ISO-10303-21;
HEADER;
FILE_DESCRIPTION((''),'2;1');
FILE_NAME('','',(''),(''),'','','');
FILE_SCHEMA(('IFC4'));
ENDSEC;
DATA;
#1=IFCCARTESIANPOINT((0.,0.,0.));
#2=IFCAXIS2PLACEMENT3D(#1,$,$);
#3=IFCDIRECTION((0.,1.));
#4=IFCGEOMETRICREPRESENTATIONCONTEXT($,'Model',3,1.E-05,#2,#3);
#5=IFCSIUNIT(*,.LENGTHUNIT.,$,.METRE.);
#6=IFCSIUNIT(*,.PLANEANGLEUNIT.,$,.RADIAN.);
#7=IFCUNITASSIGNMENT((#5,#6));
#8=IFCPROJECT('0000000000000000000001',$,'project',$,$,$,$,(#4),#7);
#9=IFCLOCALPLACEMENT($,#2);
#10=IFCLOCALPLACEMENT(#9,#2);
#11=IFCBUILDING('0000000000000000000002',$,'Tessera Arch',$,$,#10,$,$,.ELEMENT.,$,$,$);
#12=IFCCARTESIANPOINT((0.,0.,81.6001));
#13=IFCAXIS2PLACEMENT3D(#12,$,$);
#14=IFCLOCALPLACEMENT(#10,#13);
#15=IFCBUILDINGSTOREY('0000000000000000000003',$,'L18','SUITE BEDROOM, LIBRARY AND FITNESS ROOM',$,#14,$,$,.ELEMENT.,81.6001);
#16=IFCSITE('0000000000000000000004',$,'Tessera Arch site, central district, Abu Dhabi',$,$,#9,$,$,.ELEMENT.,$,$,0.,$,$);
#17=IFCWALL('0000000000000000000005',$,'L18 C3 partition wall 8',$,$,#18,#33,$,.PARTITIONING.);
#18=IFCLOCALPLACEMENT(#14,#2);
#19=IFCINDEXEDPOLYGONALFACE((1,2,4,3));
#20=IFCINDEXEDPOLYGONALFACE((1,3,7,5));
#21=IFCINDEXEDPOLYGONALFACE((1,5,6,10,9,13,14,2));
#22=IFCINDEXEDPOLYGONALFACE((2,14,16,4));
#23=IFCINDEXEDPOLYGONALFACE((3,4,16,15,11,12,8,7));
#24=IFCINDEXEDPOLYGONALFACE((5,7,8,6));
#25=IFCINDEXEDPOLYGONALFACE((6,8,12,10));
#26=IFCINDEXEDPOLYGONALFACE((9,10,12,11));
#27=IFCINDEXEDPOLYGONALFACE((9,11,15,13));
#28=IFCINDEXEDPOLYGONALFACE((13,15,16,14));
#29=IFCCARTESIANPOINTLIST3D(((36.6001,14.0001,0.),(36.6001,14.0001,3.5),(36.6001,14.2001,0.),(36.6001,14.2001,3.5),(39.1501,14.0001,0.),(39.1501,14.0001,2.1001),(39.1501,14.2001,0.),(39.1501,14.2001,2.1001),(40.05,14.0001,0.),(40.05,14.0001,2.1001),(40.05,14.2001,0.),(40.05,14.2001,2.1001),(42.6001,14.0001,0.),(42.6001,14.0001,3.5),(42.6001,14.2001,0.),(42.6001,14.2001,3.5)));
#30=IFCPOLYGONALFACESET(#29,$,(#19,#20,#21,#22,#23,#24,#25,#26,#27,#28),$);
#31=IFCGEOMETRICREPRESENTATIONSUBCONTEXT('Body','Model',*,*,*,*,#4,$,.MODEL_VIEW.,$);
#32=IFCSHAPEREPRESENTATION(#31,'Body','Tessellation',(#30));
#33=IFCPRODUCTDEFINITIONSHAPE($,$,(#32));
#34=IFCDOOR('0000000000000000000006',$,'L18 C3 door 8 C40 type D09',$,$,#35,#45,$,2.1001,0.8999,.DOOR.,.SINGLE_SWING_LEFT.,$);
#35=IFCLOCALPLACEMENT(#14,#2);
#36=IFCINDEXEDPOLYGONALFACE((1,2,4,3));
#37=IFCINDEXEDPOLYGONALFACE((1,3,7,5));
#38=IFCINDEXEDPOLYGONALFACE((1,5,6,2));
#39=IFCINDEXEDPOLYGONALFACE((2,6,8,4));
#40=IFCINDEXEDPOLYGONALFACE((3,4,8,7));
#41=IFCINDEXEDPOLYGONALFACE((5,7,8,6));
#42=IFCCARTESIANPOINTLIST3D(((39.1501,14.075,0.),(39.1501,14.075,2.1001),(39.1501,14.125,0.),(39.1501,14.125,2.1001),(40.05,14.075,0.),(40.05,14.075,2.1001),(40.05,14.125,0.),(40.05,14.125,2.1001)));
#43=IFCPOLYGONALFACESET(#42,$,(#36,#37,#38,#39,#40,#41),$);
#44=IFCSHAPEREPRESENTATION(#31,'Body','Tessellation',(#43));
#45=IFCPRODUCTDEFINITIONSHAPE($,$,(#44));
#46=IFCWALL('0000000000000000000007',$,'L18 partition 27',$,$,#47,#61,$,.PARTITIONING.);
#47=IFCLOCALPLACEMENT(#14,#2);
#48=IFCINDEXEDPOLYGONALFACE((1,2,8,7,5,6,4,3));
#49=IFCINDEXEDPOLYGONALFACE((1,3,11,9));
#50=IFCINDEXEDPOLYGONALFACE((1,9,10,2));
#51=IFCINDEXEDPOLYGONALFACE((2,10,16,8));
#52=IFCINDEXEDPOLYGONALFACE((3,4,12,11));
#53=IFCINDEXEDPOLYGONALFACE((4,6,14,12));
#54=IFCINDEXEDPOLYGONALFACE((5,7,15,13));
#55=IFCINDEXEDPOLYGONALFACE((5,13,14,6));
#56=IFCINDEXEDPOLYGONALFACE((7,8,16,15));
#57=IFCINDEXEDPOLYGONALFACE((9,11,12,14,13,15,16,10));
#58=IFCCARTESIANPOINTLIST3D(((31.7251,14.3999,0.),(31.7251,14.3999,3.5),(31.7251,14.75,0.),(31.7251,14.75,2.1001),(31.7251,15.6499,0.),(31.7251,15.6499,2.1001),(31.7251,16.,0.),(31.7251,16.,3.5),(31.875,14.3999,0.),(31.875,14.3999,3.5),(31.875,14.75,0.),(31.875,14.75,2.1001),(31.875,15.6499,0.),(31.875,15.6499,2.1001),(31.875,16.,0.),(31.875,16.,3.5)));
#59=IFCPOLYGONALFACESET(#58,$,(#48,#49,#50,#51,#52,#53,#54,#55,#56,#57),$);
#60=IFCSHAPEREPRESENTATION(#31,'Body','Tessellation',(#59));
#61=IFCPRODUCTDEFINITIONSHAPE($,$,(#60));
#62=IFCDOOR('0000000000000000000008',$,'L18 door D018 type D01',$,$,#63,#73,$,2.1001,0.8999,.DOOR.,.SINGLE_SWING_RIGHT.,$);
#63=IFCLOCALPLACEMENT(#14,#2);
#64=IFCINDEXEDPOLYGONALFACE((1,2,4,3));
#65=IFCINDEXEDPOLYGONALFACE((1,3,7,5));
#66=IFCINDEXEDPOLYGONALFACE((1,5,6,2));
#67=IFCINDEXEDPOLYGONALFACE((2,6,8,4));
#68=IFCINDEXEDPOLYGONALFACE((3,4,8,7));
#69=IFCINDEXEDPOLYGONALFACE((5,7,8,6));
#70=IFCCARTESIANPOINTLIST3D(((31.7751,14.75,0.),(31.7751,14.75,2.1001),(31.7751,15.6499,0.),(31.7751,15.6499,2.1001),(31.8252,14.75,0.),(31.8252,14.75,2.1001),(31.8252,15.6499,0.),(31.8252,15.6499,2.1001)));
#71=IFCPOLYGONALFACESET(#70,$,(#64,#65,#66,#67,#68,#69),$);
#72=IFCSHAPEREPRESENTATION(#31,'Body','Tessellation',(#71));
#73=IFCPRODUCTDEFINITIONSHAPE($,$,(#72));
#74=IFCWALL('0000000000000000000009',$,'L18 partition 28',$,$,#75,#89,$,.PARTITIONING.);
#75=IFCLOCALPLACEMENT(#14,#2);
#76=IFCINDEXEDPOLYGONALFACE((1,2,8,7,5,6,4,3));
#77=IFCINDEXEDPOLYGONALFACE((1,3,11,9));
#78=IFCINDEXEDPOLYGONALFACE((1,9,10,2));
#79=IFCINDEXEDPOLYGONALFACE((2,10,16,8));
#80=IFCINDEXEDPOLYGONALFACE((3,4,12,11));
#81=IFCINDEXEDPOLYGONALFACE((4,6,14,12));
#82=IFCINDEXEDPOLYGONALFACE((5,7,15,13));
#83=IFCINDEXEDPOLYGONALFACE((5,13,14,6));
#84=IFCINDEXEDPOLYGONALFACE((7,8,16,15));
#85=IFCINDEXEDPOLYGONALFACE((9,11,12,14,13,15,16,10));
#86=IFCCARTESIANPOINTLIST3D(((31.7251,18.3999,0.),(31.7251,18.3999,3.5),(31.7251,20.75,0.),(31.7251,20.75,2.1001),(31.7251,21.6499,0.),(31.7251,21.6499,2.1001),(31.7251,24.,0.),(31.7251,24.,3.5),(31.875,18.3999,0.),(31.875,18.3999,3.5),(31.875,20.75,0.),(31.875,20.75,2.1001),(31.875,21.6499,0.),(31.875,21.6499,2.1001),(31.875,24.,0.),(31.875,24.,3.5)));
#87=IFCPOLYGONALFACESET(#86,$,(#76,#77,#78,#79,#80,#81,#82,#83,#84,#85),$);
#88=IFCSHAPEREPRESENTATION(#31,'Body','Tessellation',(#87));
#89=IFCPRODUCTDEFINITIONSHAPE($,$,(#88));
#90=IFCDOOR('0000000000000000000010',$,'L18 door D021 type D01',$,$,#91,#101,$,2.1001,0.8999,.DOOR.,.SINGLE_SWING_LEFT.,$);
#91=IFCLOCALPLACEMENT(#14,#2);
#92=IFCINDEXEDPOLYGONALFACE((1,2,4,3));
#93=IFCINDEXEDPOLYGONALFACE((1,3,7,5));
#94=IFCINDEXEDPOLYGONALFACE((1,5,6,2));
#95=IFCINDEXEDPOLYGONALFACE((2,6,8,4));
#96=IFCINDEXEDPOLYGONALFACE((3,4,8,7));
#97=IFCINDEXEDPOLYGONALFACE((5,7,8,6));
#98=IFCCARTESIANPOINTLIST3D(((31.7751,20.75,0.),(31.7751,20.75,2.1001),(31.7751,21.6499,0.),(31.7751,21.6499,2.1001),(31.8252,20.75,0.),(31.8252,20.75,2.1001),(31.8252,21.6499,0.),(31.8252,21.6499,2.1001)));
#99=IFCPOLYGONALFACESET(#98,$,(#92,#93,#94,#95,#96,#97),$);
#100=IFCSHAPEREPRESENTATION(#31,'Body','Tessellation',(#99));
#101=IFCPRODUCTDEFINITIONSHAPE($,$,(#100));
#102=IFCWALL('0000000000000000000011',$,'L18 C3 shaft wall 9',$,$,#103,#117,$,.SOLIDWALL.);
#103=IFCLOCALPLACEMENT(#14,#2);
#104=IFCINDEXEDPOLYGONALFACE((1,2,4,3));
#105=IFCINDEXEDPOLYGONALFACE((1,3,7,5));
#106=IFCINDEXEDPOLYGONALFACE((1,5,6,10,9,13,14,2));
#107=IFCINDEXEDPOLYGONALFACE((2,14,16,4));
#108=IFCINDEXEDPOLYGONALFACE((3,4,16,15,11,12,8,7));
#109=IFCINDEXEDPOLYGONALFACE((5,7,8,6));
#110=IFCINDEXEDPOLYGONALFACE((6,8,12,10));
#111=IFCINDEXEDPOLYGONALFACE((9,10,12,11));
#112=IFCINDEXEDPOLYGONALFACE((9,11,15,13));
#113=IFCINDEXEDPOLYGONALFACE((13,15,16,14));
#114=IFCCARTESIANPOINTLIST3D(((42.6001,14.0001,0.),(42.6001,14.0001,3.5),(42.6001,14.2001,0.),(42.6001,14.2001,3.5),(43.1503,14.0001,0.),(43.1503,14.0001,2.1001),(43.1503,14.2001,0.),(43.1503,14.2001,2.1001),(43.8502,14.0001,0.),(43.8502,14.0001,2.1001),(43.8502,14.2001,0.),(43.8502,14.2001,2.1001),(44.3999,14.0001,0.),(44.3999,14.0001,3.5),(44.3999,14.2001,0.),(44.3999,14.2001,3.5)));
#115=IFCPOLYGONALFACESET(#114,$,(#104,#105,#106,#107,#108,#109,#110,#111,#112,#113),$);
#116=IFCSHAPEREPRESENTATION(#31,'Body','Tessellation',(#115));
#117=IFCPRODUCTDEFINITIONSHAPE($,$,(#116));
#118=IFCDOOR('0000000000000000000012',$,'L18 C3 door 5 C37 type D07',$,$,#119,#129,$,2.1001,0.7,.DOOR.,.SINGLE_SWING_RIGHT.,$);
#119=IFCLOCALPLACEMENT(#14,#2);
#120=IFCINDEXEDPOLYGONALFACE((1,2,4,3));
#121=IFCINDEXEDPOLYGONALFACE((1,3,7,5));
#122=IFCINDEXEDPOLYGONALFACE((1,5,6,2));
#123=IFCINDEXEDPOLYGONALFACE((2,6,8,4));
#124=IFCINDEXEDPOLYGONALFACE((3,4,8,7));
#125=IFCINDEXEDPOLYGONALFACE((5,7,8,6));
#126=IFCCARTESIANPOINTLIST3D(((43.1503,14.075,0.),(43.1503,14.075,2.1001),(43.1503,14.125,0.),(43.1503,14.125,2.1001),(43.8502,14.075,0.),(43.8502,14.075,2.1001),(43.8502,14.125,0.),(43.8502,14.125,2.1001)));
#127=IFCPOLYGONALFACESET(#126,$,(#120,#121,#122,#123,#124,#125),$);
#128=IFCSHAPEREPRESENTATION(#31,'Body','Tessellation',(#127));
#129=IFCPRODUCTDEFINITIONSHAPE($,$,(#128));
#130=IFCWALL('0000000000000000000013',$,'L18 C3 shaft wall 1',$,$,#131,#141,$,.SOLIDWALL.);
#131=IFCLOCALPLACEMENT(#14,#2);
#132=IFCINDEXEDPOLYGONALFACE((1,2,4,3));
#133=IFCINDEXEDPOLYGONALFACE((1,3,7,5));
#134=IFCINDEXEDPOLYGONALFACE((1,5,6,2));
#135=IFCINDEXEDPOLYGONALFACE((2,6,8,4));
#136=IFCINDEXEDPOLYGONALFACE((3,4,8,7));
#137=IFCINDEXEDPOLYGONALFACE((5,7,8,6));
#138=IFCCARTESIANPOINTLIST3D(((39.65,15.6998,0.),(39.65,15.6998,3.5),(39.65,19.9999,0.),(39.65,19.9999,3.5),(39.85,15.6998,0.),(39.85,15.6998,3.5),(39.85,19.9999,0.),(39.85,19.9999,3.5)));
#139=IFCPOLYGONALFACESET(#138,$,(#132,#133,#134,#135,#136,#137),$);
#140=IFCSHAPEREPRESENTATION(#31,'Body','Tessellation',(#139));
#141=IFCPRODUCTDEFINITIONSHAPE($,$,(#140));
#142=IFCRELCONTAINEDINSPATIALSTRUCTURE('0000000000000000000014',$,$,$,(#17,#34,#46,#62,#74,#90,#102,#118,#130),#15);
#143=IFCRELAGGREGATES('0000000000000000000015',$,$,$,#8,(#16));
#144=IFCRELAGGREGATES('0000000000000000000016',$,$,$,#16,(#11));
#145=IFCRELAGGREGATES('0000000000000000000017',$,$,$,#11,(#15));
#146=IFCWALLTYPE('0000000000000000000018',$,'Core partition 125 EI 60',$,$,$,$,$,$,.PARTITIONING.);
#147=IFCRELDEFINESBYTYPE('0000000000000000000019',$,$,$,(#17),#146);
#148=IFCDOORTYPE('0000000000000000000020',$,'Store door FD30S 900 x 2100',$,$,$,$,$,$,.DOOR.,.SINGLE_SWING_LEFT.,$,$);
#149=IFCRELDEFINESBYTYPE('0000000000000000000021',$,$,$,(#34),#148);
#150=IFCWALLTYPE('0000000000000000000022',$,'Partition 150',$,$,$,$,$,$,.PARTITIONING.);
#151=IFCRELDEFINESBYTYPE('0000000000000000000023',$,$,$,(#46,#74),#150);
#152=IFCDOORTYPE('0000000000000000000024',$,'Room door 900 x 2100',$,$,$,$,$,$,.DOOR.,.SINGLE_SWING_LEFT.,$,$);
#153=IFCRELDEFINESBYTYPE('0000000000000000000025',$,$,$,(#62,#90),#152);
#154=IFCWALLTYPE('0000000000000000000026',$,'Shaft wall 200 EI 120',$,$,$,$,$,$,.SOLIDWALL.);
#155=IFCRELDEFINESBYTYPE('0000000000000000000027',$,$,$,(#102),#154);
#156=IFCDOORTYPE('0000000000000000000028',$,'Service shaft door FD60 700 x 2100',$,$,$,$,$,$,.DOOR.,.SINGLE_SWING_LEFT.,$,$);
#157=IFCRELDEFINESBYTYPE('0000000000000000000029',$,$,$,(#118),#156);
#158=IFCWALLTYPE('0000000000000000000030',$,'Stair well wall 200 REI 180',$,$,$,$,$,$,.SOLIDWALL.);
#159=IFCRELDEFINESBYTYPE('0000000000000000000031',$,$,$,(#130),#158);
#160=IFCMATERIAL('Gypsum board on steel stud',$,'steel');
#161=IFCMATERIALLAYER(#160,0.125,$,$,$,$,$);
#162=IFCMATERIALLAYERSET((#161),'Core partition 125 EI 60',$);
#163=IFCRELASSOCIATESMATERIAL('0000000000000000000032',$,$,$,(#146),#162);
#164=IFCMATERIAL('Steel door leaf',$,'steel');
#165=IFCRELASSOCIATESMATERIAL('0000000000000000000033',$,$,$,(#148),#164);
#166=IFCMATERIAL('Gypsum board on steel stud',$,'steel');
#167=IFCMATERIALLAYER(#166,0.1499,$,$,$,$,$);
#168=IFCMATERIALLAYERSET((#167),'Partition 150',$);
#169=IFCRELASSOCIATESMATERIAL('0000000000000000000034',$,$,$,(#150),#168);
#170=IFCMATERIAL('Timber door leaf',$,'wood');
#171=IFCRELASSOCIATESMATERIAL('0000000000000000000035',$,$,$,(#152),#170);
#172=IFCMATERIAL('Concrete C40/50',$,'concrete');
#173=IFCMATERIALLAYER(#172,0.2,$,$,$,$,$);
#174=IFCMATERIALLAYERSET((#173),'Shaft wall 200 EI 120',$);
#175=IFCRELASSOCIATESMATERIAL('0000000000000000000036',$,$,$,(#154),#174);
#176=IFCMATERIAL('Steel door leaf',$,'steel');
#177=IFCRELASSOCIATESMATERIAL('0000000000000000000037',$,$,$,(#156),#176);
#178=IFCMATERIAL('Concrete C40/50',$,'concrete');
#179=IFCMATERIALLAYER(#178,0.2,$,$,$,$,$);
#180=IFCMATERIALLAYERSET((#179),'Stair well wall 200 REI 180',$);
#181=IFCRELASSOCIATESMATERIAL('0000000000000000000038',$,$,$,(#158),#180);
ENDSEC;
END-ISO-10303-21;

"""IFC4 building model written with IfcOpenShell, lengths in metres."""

from ifc_helpers import new_model, si_unit, direction, frame, frame_2d, origin, place, context, subcontext, project, spatial, rectangle, extrude, material, layer, layer_set, type_object, element, fill, save


model = new_model("IFC4")

# Units and contexts
model_context = context("Model", 3, precision=1e-05, world=origin(), true_north=direction((0.0, 1.0)))
body_context = subcontext(model_context, "Body", "Model", "MODEL_VIEW")
ifc_project = project(units=[si_unit("LENGTHUNIT", "METRE"), si_unit("PLANEANGLEUNIT", "RADIAN")], contexts=[model_context])

# Site, building, storey
site_placement = place(None, origin())
site = spatial("IfcSite", under=ifc_project, at=site_placement, Name="Tessera Arch site, central district, Abu Dhabi", CompositionType="ELEMENT", RefElevation=0.0)
building_placement = place(site_placement, origin())
building = spatial("IfcBuilding", under=site, at=building_placement, Name="Tessera Arch", CompositionType="ELEMENT")
storey_placement = place(building_placement, frame((0.0, 0.0, 81.6001)))
storey = spatial("IfcBuildingStorey", under=building, at=storey_placement, Name="L18", Description="SUITE BEDROOM, LIBRARY AND FITNESS ROOM", CompositionType="ELEMENT", Elevation=81.6001)

# Walls, openings, doors
ifc_material_1 = material(Name="Gypsum board on steel stud", Category="steel")
ifc_layer_1 = layer(ifc_material_1, 0.125)
ifc_layer_set_1 = layer_set([ifc_layer_1], Name="Core partition 125 EI 60")
wall_type_1 = type_object("IfcWallType", Name="Core partition 125 EI 60", PredefinedType="PARTITIONING", material=ifc_layer_set_1)
wall_1_placement = place(storey_placement, frame((36.6001, 14.1001, 0.0), z_axis=(0.0, 0.0, 1.0), x_axis=(1.0, 0.0, 0.0)))
wall_1 = element("IfcWall", 1, at=wall_1_placement, inside=storey, type_object=wall_type_1, Name="L18 C3 partition wall 8", PredefinedType="PARTITIONING", context=body_context, shape_type="SweptSolid", body=[
    extrude(rectangle(XDim=6.0, YDim=0.2, at=frame_2d((3.0, 0.0))), origin(), (0.0, 0.0, 1.0), 3.5),
])
opening_1_placement = place(wall_1_placement, frame((2.55, 0.0, 0.0)))
opening_1 = element("IfcOpeningElement", 2, at=opening_1_placement, cuts=wall_1, PredefinedType="OPENING", context=body_context, shape_type="SweptSolid", body=[
    extrude(rectangle(XDim=0.8999, YDim=2.1001, at=frame_2d((0.45, 1.05))), frame((0.0, 0.1099, 0.0), z_axis=(0.0, -1.0, 0.0), x_axis=(1.0, 0.0, 0.0)), (0.0, 0.0, 1.0), 0.22),
])
ifc_material_2 = material(Name="Steel door leaf", Category="steel")
door_type_1 = type_object("IfcDoorType", Name="Store door FD30S 900 x 2100", OperationType="SINGLE_SWING_LEFT", PredefinedType="DOOR", material=ifc_material_2)
door_1_placement = place(opening_1_placement, origin())
door_1 = element("IfcDoor", 3, at=door_1_placement, inside=storey, type_object=door_type_1, Name="L18 C3 door 8 C40 type D09", OperationType="SINGLE_SWING_LEFT", OverallHeight=2.1001, OverallWidth=0.8999, PredefinedType="DOOR", context=body_context, shape_type="SweptSolid", body=[
    extrude(rectangle(XDim=0.8999, YDim=2.1001, at=frame_2d((0.45, 1.05))), frame((0.0, 0.0249, 0.0), z_axis=(0.0, -1.0, 0.0), x_axis=(1.0, 0.0, 0.0)), (0.0, 0.0, 1.0), 0.05),
])
fill(opening_1, door_1)
ifc_material_3 = material(Name="Gypsum board on steel stud", Category="steel")
ifc_layer_2 = layer(ifc_material_3, 0.1499)
ifc_layer_set_2 = layer_set([ifc_layer_2], Name="Partition 150")
wall_type_2 = type_object("IfcWallType", Name="Partition 150", PredefinedType="PARTITIONING", material=ifc_layer_set_2)
wall_2_placement = place(storey_placement, frame((31.8, 14.3999, 0.0), z_axis=(0.0, 0.0, 1.0), x_axis=(0.0, 1.0, 0.0)))
wall_2 = element("IfcWall", 4, at=wall_2_placement, inside=storey, type_object=wall_type_2, Name="L18 partition 27", PredefinedType="PARTITIONING", context=body_context, shape_type="SweptSolid", body=[
    extrude(rectangle(XDim=1.6001, YDim=0.1499, at=frame_2d((0.8, 0.0))), origin(), (0.0, 0.0, 1.0), 3.5),
])
opening_2_placement = place(wall_2_placement, frame((0.3501, 0.0, 0.0)))
opening_2 = element("IfcOpeningElement", 5, at=opening_2_placement, cuts=wall_2, PredefinedType="OPENING", context=body_context, shape_type="SweptSolid", body=[
    extrude(rectangle(XDim=0.8999, YDim=2.1001, at=frame_2d((0.45, 1.05))), frame((0.0, 0.085, 0.0), z_axis=(0.0, -1.0, 0.0), x_axis=(1.0, 0.0, 0.0)), (0.0, 0.0, 1.0), 0.1699),
])
ifc_material_4 = material(Name="Timber door leaf", Category="wood")
door_type_2 = type_object("IfcDoorType", Name="Room door 900 x 2100", OperationType="SINGLE_SWING_LEFT", PredefinedType="DOOR", material=ifc_material_4)
door_2_placement = place(opening_2_placement, origin())
door_2 = element("IfcDoor", 6, at=door_2_placement, inside=storey, type_object=door_type_2, Name="L18 door D018 type D01", OperationType="SINGLE_SWING_RIGHT", OverallHeight=2.1001, OverallWidth=0.8999, PredefinedType="DOOR", context=body_context, shape_type="SweptSolid", body=[
    extrude(rectangle(XDim=0.8999, YDim=2.1001, at=frame_2d((0.45, 1.05))), frame((0.0, 0.0249, 0.0), z_axis=(0.0, -1.0, 0.0), x_axis=(1.0, 0.0, 0.0)), (0.0, 0.0, 1.0), 0.05),
])
fill(opening_2, door_2)
wall_3_placement = place(storey_placement, frame((31.8, 18.3999, 0.0), z_axis=(0.0, 0.0, 1.0), x_axis=(0.0, 1.0, 0.0)))
wall_3 = element("IfcWall", 7, at=wall_3_placement, inside=storey, type_object=wall_type_2, Name="L18 partition 28", PredefinedType="PARTITIONING", context=body_context, shape_type="SweptSolid", body=[
    extrude(rectangle(XDim=5.6001, YDim=0.1499, at=frame_2d((2.8, 0.0))), origin(), (0.0, 0.0, 1.0), 3.5),
])
opening_3_placement = place(wall_3_placement, frame((2.3501, 0.0, 0.0)))
opening_3 = element("IfcOpeningElement", 8, at=opening_3_placement, cuts=wall_3, PredefinedType="OPENING", context=body_context, shape_type="SweptSolid", body=[
    extrude(rectangle(XDim=0.8999, YDim=2.1001, at=frame_2d((0.45, 1.05))), frame((0.0, 0.085, 0.0), z_axis=(0.0, -1.0, 0.0), x_axis=(1.0, 0.0, 0.0)), (0.0, 0.0, 1.0), 0.1699),
])
door_3_placement = place(opening_3_placement, origin())
door_3 = element("IfcDoor", 9, at=door_3_placement, inside=storey, type_object=door_type_2, Name="L18 door D021 type D01", OperationType="SINGLE_SWING_LEFT", OverallHeight=2.1001, OverallWidth=0.8999, PredefinedType="DOOR", context=body_context, shape_type="SweptSolid", body=[
    extrude(rectangle(XDim=0.8999, YDim=2.1001, at=frame_2d((0.45, 1.05))), frame((0.0, 0.0249, 0.0), z_axis=(0.0, -1.0, 0.0), x_axis=(1.0, 0.0, 0.0)), (0.0, 0.0, 1.0), 0.05),
])
fill(opening_3, door_3)
ifc_material_5 = material(Name="Concrete C40/50", Category="concrete")
ifc_layer_3 = layer(ifc_material_5, 0.2)
ifc_layer_set_3 = layer_set([ifc_layer_3], Name="Shaft wall 200 EI 120")
wall_type_3 = type_object("IfcWallType", Name="Shaft wall 200 EI 120", PredefinedType="SOLIDWALL", material=ifc_layer_set_3)
wall_4_placement = place(storey_placement, frame((42.6001, 14.1001, 0.0), z_axis=(0.0, 0.0, 1.0), x_axis=(1.0, 0.0, 0.0)))
wall_4 = element("IfcWall", 10, at=wall_4_placement, inside=storey, type_object=wall_type_3, Name="L18 C3 shaft wall 9", PredefinedType="SOLIDWALL", context=body_context, shape_type="SweptSolid", body=[
    extrude(rectangle(XDim=1.7998, YDim=0.2, at=frame_2d((0.8999, 0.0))), origin(), (0.0, 0.0, 1.0), 3.5),
])
opening_4_placement = place(wall_4_placement, frame((0.55, 0.0, 0.0)))
opening_4 = element("IfcOpeningElement", 11, at=opening_4_placement, cuts=wall_4, PredefinedType="OPENING", context=body_context, shape_type="SweptSolid", body=[
    extrude(rectangle(XDim=0.7, YDim=2.1001, at=frame_2d((0.3501, 1.05))), frame((0.0, 0.1099, 0.0), z_axis=(0.0, -1.0, 0.0), x_axis=(1.0, 0.0, 0.0)), (0.0, 0.0, 1.0), 0.22),
])
ifc_material_6 = material(Name="Steel door leaf", Category="steel")
door_type_3 = type_object("IfcDoorType", Name="Service shaft door FD60 700 x 2100", OperationType="SINGLE_SWING_LEFT", PredefinedType="DOOR", material=ifc_material_6)
door_4_placement = place(opening_4_placement, origin())
door_4 = element("IfcDoor", 12, at=door_4_placement, inside=storey, type_object=door_type_3, Name="L18 C3 door 5 C37 type D07", OperationType="SINGLE_SWING_RIGHT", OverallHeight=2.1001, OverallWidth=0.7, PredefinedType="DOOR", context=body_context, shape_type="SweptSolid", body=[
    extrude(rectangle(XDim=0.7, YDim=2.1001, at=frame_2d((0.3501, 1.05))), frame((0.0, 0.0249, 0.0), z_axis=(0.0, -1.0, 0.0), x_axis=(1.0, 0.0, 0.0)), (0.0, 0.0, 1.0), 0.05),
])
fill(opening_4, door_4)

# Wall
ifc_material_7 = material(Name="Concrete C40/50", Category="concrete")
ifc_layer_4 = layer(ifc_material_7, 0.2)
ifc_layer_set_4 = layer_set([ifc_layer_4], Name="Stair well wall 200 REI 180")
wall_type_4 = type_object("IfcWallType", Name="Stair well wall 200 REI 180", PredefinedType="SOLIDWALL", material=ifc_layer_set_4)
wall_5_placement = place(storey_placement, frame((39.75, 15.7, 0.0), z_axis=(0.0, 0.0, 1.0), x_axis=(0.0, 1.0, 0.0)))
element("IfcWall", 13, at=wall_5_placement, inside=storey, type_object=wall_type_4, Name="L18 C3 shaft wall 1", PredefinedType="SOLIDWALL", context=body_context, shape_type="SweptSolid", body=[
    extrude(rectangle(XDim=4.3, YDim=0.2, at=frame_2d((2.1499, 0.0))), origin(), (0.0, 0.0, 1.0), 3.5),
])

save(model, "model.ifc")
